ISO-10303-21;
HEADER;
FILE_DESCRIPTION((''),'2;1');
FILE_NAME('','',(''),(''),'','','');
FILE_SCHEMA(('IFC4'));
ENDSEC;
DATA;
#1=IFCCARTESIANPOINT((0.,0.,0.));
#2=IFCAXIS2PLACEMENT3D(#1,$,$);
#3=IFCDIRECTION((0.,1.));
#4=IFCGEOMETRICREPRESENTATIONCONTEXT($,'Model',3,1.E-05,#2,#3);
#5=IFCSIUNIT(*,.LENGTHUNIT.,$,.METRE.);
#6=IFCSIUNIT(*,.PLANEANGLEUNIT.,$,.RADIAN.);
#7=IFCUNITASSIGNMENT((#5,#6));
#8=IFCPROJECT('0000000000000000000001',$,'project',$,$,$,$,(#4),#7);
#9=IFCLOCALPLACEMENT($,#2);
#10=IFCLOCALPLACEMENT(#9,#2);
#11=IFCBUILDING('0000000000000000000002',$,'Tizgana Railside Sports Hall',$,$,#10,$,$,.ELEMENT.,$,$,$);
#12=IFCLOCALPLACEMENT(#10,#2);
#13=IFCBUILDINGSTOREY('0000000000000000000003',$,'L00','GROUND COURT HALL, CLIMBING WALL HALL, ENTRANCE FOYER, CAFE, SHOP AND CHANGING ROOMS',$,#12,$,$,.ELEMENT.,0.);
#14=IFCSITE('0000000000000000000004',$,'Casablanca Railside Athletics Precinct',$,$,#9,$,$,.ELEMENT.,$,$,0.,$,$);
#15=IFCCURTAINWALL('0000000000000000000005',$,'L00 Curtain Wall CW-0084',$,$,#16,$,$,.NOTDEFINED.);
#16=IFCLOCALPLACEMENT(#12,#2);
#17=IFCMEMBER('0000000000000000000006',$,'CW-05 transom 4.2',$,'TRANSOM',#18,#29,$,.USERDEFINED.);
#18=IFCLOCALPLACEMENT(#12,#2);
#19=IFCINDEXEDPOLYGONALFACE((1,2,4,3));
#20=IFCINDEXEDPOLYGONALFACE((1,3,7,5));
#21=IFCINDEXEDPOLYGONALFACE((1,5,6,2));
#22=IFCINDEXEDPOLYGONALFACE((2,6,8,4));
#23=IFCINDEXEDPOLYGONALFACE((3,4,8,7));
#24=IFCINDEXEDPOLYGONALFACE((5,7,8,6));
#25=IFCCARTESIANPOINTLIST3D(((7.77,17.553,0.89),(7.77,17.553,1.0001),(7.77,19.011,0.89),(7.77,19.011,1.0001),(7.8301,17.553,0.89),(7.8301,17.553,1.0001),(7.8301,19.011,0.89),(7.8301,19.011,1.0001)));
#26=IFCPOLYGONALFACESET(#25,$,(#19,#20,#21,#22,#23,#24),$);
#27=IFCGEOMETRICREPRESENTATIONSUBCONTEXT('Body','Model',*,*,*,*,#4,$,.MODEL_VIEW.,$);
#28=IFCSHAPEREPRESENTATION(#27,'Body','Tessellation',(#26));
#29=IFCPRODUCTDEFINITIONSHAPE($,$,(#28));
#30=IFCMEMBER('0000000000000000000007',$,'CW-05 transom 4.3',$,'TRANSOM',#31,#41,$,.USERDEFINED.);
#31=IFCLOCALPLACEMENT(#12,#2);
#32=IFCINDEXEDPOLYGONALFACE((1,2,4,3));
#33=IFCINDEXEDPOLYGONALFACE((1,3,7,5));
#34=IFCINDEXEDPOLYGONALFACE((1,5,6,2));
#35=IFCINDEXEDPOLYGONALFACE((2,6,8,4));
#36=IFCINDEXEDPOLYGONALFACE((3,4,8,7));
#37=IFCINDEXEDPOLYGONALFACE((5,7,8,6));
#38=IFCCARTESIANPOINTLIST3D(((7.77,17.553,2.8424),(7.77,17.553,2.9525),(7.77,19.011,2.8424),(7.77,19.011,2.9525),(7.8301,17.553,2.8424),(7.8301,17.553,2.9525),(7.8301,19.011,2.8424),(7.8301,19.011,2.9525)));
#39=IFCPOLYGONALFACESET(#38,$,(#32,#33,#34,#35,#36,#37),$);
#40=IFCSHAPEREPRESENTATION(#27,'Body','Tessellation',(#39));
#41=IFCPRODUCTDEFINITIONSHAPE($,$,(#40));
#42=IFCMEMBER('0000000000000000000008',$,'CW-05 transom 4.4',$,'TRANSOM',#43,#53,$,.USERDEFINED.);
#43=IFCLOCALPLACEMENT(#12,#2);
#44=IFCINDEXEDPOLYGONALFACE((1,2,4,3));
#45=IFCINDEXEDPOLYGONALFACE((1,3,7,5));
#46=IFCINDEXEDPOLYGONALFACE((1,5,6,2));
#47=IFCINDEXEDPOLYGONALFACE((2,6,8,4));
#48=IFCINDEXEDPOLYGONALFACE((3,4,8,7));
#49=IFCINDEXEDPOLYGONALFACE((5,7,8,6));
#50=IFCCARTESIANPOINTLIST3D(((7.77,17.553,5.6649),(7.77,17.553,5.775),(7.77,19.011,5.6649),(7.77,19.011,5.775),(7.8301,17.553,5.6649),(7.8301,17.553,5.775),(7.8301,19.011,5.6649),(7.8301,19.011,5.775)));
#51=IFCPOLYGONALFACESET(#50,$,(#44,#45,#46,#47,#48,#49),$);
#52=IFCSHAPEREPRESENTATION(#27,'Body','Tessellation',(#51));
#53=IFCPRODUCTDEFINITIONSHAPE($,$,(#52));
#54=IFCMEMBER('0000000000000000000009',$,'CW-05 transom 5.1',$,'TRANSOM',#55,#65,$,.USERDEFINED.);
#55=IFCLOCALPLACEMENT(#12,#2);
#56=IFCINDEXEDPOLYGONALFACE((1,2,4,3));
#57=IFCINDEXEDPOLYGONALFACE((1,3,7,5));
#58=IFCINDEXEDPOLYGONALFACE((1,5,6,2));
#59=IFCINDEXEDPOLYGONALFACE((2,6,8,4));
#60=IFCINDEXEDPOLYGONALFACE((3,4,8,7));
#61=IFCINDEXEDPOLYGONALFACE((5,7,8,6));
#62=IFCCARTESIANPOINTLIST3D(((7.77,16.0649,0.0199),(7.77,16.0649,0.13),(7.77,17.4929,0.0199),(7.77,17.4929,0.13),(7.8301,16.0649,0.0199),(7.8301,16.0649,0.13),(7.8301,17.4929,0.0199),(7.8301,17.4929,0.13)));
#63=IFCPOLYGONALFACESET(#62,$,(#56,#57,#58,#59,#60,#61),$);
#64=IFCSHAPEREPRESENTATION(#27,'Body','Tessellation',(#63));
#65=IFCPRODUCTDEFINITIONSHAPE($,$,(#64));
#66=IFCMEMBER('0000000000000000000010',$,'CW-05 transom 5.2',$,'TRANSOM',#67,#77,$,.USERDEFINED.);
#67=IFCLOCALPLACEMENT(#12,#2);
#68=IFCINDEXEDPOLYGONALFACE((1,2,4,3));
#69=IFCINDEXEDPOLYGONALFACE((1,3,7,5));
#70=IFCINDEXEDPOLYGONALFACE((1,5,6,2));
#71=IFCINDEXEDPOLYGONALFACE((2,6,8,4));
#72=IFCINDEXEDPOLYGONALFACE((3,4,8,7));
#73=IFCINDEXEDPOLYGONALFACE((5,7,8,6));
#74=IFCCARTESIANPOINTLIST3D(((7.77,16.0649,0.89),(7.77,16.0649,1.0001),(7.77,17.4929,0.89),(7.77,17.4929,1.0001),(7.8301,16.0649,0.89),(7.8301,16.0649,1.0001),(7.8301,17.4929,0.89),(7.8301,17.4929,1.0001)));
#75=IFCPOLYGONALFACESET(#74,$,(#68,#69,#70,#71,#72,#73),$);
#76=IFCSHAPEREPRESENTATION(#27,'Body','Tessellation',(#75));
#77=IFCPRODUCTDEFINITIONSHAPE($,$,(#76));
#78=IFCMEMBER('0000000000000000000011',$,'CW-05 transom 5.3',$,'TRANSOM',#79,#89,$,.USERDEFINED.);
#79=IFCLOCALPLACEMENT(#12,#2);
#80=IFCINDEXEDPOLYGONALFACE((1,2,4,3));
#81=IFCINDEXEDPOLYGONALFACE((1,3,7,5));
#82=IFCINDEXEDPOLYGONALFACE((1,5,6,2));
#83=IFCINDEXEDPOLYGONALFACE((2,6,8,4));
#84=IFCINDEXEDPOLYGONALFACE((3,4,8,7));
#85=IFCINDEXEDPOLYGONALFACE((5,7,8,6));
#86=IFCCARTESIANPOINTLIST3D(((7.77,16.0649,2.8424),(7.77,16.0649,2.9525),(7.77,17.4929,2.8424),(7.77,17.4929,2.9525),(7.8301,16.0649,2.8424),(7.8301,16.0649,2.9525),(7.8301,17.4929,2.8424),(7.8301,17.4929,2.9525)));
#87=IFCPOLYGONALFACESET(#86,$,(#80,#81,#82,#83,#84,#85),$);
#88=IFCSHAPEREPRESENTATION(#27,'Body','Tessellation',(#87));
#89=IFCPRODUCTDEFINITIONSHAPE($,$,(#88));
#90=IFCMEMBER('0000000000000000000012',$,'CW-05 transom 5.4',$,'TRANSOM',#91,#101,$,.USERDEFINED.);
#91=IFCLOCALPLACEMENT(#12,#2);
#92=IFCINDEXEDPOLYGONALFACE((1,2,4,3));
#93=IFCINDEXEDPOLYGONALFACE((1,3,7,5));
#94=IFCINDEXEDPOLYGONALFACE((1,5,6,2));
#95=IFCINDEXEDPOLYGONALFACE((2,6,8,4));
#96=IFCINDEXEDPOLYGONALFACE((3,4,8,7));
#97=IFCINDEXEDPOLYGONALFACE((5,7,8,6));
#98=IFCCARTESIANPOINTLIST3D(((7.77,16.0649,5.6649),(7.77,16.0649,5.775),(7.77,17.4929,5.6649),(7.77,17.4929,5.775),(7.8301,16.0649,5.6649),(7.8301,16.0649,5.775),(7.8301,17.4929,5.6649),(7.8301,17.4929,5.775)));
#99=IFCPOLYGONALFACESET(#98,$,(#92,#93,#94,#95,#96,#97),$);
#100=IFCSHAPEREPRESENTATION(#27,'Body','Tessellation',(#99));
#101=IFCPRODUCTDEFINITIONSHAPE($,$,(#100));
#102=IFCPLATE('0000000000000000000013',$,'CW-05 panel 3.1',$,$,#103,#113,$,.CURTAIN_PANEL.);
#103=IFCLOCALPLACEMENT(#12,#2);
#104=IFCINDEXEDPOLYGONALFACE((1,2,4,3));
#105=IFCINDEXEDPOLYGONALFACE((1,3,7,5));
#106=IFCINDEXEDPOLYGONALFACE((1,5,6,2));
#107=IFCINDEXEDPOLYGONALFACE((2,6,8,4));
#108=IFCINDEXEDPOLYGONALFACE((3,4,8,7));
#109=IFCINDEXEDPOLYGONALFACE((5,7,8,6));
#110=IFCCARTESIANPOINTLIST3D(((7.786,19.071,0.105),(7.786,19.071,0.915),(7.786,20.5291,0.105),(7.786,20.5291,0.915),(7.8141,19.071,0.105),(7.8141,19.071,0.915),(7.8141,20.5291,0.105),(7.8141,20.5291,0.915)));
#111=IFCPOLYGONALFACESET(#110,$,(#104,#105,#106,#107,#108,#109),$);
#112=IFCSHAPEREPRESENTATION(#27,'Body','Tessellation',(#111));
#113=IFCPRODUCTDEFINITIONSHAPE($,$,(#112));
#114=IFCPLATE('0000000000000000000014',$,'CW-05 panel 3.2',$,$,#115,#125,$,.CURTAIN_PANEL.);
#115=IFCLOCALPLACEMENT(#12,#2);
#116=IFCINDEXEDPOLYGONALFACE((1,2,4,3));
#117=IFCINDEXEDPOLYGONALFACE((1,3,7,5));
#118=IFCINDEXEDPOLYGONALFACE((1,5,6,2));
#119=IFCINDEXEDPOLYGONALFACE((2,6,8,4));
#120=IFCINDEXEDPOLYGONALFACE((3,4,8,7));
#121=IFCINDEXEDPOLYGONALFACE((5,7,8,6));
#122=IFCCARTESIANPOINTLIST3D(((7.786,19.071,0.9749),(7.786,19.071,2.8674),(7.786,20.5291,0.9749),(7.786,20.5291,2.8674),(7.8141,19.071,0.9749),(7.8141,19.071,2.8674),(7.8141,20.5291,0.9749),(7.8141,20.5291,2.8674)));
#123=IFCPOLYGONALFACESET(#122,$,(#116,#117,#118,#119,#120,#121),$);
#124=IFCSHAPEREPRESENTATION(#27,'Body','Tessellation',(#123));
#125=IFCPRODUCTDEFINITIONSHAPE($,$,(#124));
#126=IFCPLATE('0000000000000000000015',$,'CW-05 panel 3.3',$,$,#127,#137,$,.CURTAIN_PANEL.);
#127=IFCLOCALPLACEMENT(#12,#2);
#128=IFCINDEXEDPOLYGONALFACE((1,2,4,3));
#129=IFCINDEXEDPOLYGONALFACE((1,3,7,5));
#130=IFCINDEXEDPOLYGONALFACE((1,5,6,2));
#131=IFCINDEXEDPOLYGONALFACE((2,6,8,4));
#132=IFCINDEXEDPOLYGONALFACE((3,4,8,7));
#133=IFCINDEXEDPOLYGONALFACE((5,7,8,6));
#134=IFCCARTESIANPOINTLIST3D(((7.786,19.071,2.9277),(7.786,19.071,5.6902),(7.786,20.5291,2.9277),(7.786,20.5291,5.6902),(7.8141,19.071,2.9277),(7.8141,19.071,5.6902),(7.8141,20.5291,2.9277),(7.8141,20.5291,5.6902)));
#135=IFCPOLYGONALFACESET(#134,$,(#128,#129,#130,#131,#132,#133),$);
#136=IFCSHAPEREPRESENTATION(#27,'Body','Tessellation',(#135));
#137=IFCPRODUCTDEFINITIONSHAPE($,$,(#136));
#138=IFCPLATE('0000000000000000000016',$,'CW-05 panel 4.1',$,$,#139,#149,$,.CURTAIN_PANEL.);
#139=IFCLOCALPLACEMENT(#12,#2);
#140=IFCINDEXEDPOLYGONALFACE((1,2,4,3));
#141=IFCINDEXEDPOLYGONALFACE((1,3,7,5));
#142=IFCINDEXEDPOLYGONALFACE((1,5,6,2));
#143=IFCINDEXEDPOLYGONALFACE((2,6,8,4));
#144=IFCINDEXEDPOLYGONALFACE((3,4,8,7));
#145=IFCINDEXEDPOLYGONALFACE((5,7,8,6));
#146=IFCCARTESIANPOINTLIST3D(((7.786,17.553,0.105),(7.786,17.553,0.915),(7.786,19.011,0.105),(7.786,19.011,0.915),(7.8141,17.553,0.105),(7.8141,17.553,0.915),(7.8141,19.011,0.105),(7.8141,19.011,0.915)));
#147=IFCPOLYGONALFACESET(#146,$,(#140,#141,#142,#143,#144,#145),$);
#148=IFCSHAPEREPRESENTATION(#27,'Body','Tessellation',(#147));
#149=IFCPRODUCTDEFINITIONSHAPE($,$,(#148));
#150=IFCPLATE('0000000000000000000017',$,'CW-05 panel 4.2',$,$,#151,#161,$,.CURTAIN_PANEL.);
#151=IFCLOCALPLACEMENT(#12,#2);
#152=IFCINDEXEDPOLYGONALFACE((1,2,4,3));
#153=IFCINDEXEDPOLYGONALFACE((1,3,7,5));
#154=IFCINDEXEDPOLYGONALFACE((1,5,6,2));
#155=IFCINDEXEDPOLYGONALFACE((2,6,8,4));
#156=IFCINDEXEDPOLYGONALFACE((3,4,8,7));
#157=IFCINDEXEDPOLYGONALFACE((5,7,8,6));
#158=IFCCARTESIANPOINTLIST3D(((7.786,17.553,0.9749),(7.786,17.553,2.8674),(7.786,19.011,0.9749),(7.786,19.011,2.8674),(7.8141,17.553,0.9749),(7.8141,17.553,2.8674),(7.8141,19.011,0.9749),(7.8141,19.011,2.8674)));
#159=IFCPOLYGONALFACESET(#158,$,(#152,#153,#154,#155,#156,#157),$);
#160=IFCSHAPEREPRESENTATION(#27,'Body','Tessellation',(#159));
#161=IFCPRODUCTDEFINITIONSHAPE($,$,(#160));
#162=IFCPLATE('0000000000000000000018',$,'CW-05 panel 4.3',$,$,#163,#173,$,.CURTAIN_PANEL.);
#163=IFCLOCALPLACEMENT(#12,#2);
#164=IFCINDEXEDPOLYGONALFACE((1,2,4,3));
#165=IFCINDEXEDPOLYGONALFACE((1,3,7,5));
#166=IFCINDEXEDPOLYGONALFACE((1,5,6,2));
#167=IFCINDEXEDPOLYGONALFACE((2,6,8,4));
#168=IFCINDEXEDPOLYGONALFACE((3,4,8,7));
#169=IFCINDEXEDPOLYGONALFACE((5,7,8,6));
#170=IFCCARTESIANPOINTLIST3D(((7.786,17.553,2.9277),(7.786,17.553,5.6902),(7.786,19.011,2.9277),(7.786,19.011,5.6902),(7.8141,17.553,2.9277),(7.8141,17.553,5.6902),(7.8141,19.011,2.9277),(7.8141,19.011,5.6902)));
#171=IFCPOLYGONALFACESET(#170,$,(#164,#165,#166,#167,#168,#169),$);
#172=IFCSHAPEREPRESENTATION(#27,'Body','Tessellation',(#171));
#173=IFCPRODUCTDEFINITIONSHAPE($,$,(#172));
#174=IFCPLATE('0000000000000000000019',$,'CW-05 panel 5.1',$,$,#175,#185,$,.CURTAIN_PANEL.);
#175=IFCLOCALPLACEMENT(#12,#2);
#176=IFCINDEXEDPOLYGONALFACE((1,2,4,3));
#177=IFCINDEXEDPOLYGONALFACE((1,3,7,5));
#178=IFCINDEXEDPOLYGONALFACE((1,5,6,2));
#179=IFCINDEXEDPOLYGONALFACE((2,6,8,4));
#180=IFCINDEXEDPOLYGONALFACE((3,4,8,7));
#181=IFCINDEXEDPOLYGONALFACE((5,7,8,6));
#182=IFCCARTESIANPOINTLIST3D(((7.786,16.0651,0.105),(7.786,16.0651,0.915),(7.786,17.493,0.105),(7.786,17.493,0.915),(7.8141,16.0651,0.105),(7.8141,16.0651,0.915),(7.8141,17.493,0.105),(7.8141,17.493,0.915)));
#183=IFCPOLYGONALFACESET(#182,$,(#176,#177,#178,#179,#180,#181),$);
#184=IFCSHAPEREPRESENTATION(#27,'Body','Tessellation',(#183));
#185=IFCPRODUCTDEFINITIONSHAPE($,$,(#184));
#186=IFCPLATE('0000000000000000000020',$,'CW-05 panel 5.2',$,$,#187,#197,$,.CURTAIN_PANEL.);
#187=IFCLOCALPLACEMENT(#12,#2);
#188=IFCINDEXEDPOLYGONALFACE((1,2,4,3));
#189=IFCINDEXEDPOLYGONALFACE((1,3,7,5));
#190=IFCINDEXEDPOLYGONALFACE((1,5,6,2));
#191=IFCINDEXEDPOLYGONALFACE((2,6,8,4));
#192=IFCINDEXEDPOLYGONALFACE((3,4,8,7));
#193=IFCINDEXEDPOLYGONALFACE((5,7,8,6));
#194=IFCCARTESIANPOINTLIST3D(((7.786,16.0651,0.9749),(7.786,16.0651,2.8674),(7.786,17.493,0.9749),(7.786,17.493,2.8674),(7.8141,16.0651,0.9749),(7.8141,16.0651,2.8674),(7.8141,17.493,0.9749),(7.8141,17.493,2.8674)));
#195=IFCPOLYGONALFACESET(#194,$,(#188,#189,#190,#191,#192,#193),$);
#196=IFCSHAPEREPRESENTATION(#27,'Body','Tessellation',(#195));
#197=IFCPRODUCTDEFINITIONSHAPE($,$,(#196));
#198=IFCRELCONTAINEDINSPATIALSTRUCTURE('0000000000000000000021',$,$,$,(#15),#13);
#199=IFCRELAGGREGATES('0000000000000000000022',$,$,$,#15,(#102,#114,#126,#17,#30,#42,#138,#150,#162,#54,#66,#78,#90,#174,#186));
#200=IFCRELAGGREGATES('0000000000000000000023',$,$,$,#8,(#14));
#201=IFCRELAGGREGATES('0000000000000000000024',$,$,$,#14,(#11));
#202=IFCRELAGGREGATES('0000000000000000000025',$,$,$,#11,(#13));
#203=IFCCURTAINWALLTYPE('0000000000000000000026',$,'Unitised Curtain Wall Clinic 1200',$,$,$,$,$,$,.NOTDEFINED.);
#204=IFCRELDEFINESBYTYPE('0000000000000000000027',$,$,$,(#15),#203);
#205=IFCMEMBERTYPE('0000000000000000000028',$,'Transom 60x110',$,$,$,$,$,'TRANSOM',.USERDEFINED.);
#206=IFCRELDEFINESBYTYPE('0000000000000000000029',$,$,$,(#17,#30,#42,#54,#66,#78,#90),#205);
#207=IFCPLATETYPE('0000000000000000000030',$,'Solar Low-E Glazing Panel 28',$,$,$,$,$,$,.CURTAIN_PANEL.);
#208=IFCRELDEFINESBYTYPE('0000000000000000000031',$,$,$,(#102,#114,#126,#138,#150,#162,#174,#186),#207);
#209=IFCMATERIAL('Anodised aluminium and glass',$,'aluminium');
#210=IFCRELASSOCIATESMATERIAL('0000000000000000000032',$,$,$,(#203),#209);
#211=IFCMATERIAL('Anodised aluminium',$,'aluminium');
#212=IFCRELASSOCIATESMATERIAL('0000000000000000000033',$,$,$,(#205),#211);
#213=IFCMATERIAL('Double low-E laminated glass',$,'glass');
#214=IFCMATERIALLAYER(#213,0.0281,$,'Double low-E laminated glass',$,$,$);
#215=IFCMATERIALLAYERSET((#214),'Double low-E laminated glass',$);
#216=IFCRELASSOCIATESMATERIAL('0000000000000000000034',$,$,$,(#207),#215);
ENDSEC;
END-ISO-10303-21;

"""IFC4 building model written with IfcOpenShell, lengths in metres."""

from ifc_helpers import new_model, si_unit, direction, frame, origin, origin_2d, place, context, subcontext, project, spatial, rectangle, extrude, material, layer, layer_set, material_profile, profile_set, type_object, element, aggregate, save


model = new_model("IFC4")

# Units and contexts
model_context = context("Model", 3, precision=1e-05, world=origin(), true_north=direction((0.0, 1.0)))
body_context = subcontext(model_context, "Body", "Model", "MODEL_VIEW")
ifc_project = project(units=[si_unit("LENGTHUNIT", "METRE"), si_unit("PLANEANGLEUNIT", "RADIAN")], contexts=[model_context])

# Site, building, storey
site_placement = place(None, origin())
site = spatial("IfcSite", under=ifc_project, at=site_placement, Name="Casablanca Railside Athletics Precinct", CompositionType="ELEMENT", RefElevation=0.0)
building_placement = place(site_placement, origin())
building = spatial("IfcBuilding", under=site, at=building_placement, Name="Tizgana Railside Sports Hall", CompositionType="ELEMENT")
storey_placement = place(building_placement, origin())
storey = spatial("IfcBuildingStorey", under=building, at=storey_placement, Name="L00", Description="GROUND COURT HALL, CLIMBING WALL HALL, ENTRANCE FOYER, CAFE, SHOP AND CHANGING ROOMS", CompositionType="ELEMENT", Elevation=0.0)

# Curtain wall
ifc_material_1 = material(Name="Anodised aluminium and glass", Category="aluminium")
curtain_wall_type = type_object("IfcCurtainWallType", Name="Unitised Curtain Wall Clinic 1200", PredefinedType="NOTDEFINED", material=ifc_material_1)
curtain_wall_placement = place(storey_placement, origin())
curtain_wall = element("IfcCurtainWall", 1, at=curtain_wall_placement, inside=storey, type_object=curtain_wall_type, Name="L00 Curtain Wall CW-0084", PredefinedType="NOTDEFINED")
ifc_material_2 = material(Name="Anodised aluminium", Category="aluminium")

# Members
ifc_material_profile_1 = material_profile(ifc_material_2, rectangle(XDim=0.0601, YDim=0.1101, at=origin_2d()), Name="Transom 60x110")
ifc_profile_set_1 = profile_set([ifc_material_profile_1], Name="Anodised aluminium")
member_type_1 = type_object("IfcMemberType", Name="Transom 60x110", ElementType="TRANSOM", PredefinedType="USERDEFINED", material=ifc_profile_set_1)
member_1_placement = place(storey_placement, frame((7.8, 19.011, 0.9451), z_axis=(0.0, -1.0, 0.0), x_axis=(1.0, 0.0, 0.0)))
member_1 = element("IfcMember", 2, at=member_1_placement, type_object=member_type_1, Name="CW-05 transom 4.2", ObjectType="TRANSOM", PredefinedType="USERDEFINED", context=body_context, shape_type="SweptSolid", body=[
    extrude(rectangle(XDim=0.0601, YDim=0.1101, at=origin_2d()), origin(), (0.0, 0.0, 1.0), 1.458),
])
member_2_placement = place(storey_placement, frame((7.8, 19.011, 2.8975), z_axis=(0.0, -1.0, 0.0), x_axis=(1.0, 0.0, 0.0)))
member_2 = element("IfcMember", 3, at=member_2_placement, type_object=member_type_1, Name="CW-05 transom 4.3", ObjectType="TRANSOM", PredefinedType="USERDEFINED", context=body_context, shape_type="SweptSolid", body=[
    extrude(rectangle(XDim=0.0601, YDim=0.1101, at=origin_2d()), origin(), (0.0, 0.0, 1.0), 1.458),
])
member_3_placement = place(storey_placement, frame((7.8, 19.011, 5.72), z_axis=(0.0, -1.0, 0.0), x_axis=(1.0, 0.0, 0.0)))
member_3 = element("IfcMember", 4, at=member_3_placement, type_object=member_type_1, Name="CW-05 transom 4.4", ObjectType="TRANSOM", PredefinedType="USERDEFINED", context=body_context, shape_type="SweptSolid", body=[
    extrude(rectangle(XDim=0.0601, YDim=0.1101, at=origin_2d()), origin(), (0.0, 0.0, 1.0), 1.458),
])
member_4_placement = place(storey_placement, frame((7.8, 17.4929, 0.075), z_axis=(0.0, -1.0, 0.0), x_axis=(1.0, 0.0, 0.0)))
member_4 = element("IfcMember", 5, at=member_4_placement, type_object=member_type_1, Name="CW-05 transom 5.1", ObjectType="TRANSOM", PredefinedType="USERDEFINED", context=body_context, shape_type="SweptSolid", body=[
    extrude(rectangle(XDim=0.0601, YDim=0.1101, at=origin_2d()), origin(), (0.0, 0.0, 1.0), 1.428),
])
member_5_placement = place(storey_placement, frame((7.8, 17.4929, 0.9451), z_axis=(0.0, -1.0, 0.0), x_axis=(1.0, 0.0, 0.0)))
member_5 = element("IfcMember", 6, at=member_5_placement, type_object=member_type_1, Name="CW-05 transom 5.2", ObjectType="TRANSOM", PredefinedType="USERDEFINED", context=body_context, shape_type="SweptSolid", body=[
    extrude(rectangle(XDim=0.0601, YDim=0.1101, at=origin_2d()), origin(), (0.0, 0.0, 1.0), 1.428),
])
member_6_placement = place(storey_placement, frame((7.8, 17.4929, 2.8975), z_axis=(0.0, -1.0, 0.0), x_axis=(1.0, 0.0, 0.0)))
member_6 = element("IfcMember", 7, at=member_6_placement, type_object=member_type_1, Name="CW-05 transom 5.3", ObjectType="TRANSOM", PredefinedType="USERDEFINED", context=body_context, shape_type="SweptSolid", body=[
    extrude(rectangle(XDim=0.0601, YDim=0.1101, at=origin_2d()), origin(), (0.0, 0.0, 1.0), 1.428),
])
member_7_placement = place(storey_placement, frame((7.8, 17.4929, 5.72), z_axis=(0.0, -1.0, 0.0), x_axis=(1.0, 0.0, 0.0)))
member_7 = element("IfcMember", 8, at=member_7_placement, type_object=member_type_1, Name="CW-05 transom 5.4", ObjectType="TRANSOM", PredefinedType="USERDEFINED", context=body_context, shape_type="SweptSolid", body=[
    extrude(rectangle(XDim=0.0601, YDim=0.1101, at=origin_2d()), origin(), (0.0, 0.0, 1.0), 1.428),
])

# Plates
ifc_material_3 = material(Name="Double low-E laminated glass", Category="glass")
ifc_layer = layer(ifc_material_3, 0.0281, Name="Double low-E laminated glass")
ifc_layer_set = layer_set([ifc_layer], Name="Double low-E laminated glass")
plate_type = type_object("IfcPlateType", Name="Solar Low-E Glazing Panel 28", PredefinedType="CURTAIN_PANEL", material=ifc_layer_set)
plate_1_placement = place(storey_placement, frame((7.8, 19.8, 0.105), z_axis=(0.0, 0.0, 1.0), x_axis=(0.0, -1.0, 0.0)))
plate_1 = element("IfcPlate", 9, at=plate_1_placement, type_object=plate_type, Name="CW-05 panel 3.1", PredefinedType="CURTAIN_PANEL", context=body_context, shape_type="SweptSolid", body=[
    extrude(rectangle(XDim=1.458, YDim=0.0281, at=origin_2d()), origin(), (0.0, 0.0, 1.0), 0.8101),
])
plate_2_placement = place(storey_placement, frame((7.8, 19.8, 0.9749), z_axis=(0.0, 0.0, 1.0), x_axis=(0.0, -1.0, 0.0)))
plate_2 = element("IfcPlate", 10, at=plate_2_placement, type_object=plate_type, Name="CW-05 panel 3.2", PredefinedType="CURTAIN_PANEL", context=body_context, shape_type="SweptSolid", body=[
    extrude(rectangle(XDim=1.458, YDim=0.0281, at=origin_2d()), origin(), (0.0, 0.0, 1.0), 1.8926),
])
plate_3_placement = place(storey_placement, frame((7.8, 19.8, 2.9277), z_axis=(0.0, 0.0, 1.0), x_axis=(0.0, -1.0, 0.0)))
plate_3 = element("IfcPlate", 11, at=plate_3_placement, type_object=plate_type, Name="CW-05 panel 3.3", PredefinedType="CURTAIN_PANEL", context=body_context, shape_type="SweptSolid", body=[
    extrude(rectangle(XDim=1.458, YDim=0.0281, at=origin_2d()), origin(), (0.0, 0.0, 1.0), 2.7625),
])
plate_4_placement = place(storey_placement, frame((7.8, 18.282, 0.105), z_axis=(0.0, 0.0, 1.0), x_axis=(0.0, -1.0, 0.0)))
plate_4 = element("IfcPlate", 12, at=plate_4_placement, type_object=plate_type, Name="CW-05 panel 4.1", PredefinedType="CURTAIN_PANEL", context=body_context, shape_type="SweptSolid", body=[
    extrude(rectangle(XDim=1.458, YDim=0.0281, at=origin_2d()), origin(), (0.0, 0.0, 1.0), 0.8101),
])
plate_5_placement = place(storey_placement, frame((7.8, 18.282, 0.9749), z_axis=(0.0, 0.0, 1.0), x_axis=(0.0, -1.0, 0.0)))
plate_5 = element("IfcPlate", 13, at=plate_5_placement, type_object=plate_type, Name="CW-05 panel 4.2", PredefinedType="CURTAIN_PANEL", context=body_context, shape_type="SweptSolid", body=[
    extrude(rectangle(XDim=1.458, YDim=0.0281, at=origin_2d()), origin(), (0.0, 0.0, 1.0), 1.8926),
])
plate_6_placement = place(storey_placement, frame((7.8, 18.282, 2.9277), z_axis=(0.0, 0.0, 1.0), x_axis=(0.0, -1.0, 0.0)))
plate_6 = element("IfcPlate", 14, at=plate_6_placement, type_object=plate_type, Name="CW-05 panel 4.3", PredefinedType="CURTAIN_PANEL", context=body_context, shape_type="SweptSolid", body=[
    extrude(rectangle(XDim=1.458, YDim=0.0281, at=origin_2d()), origin(), (0.0, 0.0, 1.0), 2.7625),
])
plate_7_placement = place(storey_placement, frame((7.8, 16.7791, 0.105), z_axis=(0.0, 0.0, 1.0), x_axis=(0.0, -1.0, 0.0)))
plate_7 = element("IfcPlate", 15, at=plate_7_placement, type_object=plate_type, Name="CW-05 panel 5.1", PredefinedType="CURTAIN_PANEL", context=body_context, shape_type="SweptSolid", body=[
    extrude(rectangle(XDim=1.428, YDim=0.0281, at=origin_2d()), origin(), (0.0, 0.0, 1.0), 0.8101),
])
plate_8_placement = place(storey_placement, frame((7.8, 16.7791, 0.9749), z_axis=(0.0, 0.0, 1.0), x_axis=(0.0, -1.0, 0.0)))
plate_8 = element("IfcPlate", 16, at=plate_8_placement, type_object=plate_type, Name="CW-05 panel 5.2", PredefinedType="CURTAIN_PANEL", context=body_context, shape_type="SweptSolid", body=[
    extrude(rectangle(XDim=1.428, YDim=0.0281, at=origin_2d()), origin(), (0.0, 0.0, 1.0), 1.8926),
])
aggregate(curtain_wall, [plate_1, plate_2, plate_3, member_1, member_2, member_3, plate_4, plate_5, plate_6, member_4, member_5, member_6, member_7, plate_7, plate_8])

save(model, "model.ifc")
